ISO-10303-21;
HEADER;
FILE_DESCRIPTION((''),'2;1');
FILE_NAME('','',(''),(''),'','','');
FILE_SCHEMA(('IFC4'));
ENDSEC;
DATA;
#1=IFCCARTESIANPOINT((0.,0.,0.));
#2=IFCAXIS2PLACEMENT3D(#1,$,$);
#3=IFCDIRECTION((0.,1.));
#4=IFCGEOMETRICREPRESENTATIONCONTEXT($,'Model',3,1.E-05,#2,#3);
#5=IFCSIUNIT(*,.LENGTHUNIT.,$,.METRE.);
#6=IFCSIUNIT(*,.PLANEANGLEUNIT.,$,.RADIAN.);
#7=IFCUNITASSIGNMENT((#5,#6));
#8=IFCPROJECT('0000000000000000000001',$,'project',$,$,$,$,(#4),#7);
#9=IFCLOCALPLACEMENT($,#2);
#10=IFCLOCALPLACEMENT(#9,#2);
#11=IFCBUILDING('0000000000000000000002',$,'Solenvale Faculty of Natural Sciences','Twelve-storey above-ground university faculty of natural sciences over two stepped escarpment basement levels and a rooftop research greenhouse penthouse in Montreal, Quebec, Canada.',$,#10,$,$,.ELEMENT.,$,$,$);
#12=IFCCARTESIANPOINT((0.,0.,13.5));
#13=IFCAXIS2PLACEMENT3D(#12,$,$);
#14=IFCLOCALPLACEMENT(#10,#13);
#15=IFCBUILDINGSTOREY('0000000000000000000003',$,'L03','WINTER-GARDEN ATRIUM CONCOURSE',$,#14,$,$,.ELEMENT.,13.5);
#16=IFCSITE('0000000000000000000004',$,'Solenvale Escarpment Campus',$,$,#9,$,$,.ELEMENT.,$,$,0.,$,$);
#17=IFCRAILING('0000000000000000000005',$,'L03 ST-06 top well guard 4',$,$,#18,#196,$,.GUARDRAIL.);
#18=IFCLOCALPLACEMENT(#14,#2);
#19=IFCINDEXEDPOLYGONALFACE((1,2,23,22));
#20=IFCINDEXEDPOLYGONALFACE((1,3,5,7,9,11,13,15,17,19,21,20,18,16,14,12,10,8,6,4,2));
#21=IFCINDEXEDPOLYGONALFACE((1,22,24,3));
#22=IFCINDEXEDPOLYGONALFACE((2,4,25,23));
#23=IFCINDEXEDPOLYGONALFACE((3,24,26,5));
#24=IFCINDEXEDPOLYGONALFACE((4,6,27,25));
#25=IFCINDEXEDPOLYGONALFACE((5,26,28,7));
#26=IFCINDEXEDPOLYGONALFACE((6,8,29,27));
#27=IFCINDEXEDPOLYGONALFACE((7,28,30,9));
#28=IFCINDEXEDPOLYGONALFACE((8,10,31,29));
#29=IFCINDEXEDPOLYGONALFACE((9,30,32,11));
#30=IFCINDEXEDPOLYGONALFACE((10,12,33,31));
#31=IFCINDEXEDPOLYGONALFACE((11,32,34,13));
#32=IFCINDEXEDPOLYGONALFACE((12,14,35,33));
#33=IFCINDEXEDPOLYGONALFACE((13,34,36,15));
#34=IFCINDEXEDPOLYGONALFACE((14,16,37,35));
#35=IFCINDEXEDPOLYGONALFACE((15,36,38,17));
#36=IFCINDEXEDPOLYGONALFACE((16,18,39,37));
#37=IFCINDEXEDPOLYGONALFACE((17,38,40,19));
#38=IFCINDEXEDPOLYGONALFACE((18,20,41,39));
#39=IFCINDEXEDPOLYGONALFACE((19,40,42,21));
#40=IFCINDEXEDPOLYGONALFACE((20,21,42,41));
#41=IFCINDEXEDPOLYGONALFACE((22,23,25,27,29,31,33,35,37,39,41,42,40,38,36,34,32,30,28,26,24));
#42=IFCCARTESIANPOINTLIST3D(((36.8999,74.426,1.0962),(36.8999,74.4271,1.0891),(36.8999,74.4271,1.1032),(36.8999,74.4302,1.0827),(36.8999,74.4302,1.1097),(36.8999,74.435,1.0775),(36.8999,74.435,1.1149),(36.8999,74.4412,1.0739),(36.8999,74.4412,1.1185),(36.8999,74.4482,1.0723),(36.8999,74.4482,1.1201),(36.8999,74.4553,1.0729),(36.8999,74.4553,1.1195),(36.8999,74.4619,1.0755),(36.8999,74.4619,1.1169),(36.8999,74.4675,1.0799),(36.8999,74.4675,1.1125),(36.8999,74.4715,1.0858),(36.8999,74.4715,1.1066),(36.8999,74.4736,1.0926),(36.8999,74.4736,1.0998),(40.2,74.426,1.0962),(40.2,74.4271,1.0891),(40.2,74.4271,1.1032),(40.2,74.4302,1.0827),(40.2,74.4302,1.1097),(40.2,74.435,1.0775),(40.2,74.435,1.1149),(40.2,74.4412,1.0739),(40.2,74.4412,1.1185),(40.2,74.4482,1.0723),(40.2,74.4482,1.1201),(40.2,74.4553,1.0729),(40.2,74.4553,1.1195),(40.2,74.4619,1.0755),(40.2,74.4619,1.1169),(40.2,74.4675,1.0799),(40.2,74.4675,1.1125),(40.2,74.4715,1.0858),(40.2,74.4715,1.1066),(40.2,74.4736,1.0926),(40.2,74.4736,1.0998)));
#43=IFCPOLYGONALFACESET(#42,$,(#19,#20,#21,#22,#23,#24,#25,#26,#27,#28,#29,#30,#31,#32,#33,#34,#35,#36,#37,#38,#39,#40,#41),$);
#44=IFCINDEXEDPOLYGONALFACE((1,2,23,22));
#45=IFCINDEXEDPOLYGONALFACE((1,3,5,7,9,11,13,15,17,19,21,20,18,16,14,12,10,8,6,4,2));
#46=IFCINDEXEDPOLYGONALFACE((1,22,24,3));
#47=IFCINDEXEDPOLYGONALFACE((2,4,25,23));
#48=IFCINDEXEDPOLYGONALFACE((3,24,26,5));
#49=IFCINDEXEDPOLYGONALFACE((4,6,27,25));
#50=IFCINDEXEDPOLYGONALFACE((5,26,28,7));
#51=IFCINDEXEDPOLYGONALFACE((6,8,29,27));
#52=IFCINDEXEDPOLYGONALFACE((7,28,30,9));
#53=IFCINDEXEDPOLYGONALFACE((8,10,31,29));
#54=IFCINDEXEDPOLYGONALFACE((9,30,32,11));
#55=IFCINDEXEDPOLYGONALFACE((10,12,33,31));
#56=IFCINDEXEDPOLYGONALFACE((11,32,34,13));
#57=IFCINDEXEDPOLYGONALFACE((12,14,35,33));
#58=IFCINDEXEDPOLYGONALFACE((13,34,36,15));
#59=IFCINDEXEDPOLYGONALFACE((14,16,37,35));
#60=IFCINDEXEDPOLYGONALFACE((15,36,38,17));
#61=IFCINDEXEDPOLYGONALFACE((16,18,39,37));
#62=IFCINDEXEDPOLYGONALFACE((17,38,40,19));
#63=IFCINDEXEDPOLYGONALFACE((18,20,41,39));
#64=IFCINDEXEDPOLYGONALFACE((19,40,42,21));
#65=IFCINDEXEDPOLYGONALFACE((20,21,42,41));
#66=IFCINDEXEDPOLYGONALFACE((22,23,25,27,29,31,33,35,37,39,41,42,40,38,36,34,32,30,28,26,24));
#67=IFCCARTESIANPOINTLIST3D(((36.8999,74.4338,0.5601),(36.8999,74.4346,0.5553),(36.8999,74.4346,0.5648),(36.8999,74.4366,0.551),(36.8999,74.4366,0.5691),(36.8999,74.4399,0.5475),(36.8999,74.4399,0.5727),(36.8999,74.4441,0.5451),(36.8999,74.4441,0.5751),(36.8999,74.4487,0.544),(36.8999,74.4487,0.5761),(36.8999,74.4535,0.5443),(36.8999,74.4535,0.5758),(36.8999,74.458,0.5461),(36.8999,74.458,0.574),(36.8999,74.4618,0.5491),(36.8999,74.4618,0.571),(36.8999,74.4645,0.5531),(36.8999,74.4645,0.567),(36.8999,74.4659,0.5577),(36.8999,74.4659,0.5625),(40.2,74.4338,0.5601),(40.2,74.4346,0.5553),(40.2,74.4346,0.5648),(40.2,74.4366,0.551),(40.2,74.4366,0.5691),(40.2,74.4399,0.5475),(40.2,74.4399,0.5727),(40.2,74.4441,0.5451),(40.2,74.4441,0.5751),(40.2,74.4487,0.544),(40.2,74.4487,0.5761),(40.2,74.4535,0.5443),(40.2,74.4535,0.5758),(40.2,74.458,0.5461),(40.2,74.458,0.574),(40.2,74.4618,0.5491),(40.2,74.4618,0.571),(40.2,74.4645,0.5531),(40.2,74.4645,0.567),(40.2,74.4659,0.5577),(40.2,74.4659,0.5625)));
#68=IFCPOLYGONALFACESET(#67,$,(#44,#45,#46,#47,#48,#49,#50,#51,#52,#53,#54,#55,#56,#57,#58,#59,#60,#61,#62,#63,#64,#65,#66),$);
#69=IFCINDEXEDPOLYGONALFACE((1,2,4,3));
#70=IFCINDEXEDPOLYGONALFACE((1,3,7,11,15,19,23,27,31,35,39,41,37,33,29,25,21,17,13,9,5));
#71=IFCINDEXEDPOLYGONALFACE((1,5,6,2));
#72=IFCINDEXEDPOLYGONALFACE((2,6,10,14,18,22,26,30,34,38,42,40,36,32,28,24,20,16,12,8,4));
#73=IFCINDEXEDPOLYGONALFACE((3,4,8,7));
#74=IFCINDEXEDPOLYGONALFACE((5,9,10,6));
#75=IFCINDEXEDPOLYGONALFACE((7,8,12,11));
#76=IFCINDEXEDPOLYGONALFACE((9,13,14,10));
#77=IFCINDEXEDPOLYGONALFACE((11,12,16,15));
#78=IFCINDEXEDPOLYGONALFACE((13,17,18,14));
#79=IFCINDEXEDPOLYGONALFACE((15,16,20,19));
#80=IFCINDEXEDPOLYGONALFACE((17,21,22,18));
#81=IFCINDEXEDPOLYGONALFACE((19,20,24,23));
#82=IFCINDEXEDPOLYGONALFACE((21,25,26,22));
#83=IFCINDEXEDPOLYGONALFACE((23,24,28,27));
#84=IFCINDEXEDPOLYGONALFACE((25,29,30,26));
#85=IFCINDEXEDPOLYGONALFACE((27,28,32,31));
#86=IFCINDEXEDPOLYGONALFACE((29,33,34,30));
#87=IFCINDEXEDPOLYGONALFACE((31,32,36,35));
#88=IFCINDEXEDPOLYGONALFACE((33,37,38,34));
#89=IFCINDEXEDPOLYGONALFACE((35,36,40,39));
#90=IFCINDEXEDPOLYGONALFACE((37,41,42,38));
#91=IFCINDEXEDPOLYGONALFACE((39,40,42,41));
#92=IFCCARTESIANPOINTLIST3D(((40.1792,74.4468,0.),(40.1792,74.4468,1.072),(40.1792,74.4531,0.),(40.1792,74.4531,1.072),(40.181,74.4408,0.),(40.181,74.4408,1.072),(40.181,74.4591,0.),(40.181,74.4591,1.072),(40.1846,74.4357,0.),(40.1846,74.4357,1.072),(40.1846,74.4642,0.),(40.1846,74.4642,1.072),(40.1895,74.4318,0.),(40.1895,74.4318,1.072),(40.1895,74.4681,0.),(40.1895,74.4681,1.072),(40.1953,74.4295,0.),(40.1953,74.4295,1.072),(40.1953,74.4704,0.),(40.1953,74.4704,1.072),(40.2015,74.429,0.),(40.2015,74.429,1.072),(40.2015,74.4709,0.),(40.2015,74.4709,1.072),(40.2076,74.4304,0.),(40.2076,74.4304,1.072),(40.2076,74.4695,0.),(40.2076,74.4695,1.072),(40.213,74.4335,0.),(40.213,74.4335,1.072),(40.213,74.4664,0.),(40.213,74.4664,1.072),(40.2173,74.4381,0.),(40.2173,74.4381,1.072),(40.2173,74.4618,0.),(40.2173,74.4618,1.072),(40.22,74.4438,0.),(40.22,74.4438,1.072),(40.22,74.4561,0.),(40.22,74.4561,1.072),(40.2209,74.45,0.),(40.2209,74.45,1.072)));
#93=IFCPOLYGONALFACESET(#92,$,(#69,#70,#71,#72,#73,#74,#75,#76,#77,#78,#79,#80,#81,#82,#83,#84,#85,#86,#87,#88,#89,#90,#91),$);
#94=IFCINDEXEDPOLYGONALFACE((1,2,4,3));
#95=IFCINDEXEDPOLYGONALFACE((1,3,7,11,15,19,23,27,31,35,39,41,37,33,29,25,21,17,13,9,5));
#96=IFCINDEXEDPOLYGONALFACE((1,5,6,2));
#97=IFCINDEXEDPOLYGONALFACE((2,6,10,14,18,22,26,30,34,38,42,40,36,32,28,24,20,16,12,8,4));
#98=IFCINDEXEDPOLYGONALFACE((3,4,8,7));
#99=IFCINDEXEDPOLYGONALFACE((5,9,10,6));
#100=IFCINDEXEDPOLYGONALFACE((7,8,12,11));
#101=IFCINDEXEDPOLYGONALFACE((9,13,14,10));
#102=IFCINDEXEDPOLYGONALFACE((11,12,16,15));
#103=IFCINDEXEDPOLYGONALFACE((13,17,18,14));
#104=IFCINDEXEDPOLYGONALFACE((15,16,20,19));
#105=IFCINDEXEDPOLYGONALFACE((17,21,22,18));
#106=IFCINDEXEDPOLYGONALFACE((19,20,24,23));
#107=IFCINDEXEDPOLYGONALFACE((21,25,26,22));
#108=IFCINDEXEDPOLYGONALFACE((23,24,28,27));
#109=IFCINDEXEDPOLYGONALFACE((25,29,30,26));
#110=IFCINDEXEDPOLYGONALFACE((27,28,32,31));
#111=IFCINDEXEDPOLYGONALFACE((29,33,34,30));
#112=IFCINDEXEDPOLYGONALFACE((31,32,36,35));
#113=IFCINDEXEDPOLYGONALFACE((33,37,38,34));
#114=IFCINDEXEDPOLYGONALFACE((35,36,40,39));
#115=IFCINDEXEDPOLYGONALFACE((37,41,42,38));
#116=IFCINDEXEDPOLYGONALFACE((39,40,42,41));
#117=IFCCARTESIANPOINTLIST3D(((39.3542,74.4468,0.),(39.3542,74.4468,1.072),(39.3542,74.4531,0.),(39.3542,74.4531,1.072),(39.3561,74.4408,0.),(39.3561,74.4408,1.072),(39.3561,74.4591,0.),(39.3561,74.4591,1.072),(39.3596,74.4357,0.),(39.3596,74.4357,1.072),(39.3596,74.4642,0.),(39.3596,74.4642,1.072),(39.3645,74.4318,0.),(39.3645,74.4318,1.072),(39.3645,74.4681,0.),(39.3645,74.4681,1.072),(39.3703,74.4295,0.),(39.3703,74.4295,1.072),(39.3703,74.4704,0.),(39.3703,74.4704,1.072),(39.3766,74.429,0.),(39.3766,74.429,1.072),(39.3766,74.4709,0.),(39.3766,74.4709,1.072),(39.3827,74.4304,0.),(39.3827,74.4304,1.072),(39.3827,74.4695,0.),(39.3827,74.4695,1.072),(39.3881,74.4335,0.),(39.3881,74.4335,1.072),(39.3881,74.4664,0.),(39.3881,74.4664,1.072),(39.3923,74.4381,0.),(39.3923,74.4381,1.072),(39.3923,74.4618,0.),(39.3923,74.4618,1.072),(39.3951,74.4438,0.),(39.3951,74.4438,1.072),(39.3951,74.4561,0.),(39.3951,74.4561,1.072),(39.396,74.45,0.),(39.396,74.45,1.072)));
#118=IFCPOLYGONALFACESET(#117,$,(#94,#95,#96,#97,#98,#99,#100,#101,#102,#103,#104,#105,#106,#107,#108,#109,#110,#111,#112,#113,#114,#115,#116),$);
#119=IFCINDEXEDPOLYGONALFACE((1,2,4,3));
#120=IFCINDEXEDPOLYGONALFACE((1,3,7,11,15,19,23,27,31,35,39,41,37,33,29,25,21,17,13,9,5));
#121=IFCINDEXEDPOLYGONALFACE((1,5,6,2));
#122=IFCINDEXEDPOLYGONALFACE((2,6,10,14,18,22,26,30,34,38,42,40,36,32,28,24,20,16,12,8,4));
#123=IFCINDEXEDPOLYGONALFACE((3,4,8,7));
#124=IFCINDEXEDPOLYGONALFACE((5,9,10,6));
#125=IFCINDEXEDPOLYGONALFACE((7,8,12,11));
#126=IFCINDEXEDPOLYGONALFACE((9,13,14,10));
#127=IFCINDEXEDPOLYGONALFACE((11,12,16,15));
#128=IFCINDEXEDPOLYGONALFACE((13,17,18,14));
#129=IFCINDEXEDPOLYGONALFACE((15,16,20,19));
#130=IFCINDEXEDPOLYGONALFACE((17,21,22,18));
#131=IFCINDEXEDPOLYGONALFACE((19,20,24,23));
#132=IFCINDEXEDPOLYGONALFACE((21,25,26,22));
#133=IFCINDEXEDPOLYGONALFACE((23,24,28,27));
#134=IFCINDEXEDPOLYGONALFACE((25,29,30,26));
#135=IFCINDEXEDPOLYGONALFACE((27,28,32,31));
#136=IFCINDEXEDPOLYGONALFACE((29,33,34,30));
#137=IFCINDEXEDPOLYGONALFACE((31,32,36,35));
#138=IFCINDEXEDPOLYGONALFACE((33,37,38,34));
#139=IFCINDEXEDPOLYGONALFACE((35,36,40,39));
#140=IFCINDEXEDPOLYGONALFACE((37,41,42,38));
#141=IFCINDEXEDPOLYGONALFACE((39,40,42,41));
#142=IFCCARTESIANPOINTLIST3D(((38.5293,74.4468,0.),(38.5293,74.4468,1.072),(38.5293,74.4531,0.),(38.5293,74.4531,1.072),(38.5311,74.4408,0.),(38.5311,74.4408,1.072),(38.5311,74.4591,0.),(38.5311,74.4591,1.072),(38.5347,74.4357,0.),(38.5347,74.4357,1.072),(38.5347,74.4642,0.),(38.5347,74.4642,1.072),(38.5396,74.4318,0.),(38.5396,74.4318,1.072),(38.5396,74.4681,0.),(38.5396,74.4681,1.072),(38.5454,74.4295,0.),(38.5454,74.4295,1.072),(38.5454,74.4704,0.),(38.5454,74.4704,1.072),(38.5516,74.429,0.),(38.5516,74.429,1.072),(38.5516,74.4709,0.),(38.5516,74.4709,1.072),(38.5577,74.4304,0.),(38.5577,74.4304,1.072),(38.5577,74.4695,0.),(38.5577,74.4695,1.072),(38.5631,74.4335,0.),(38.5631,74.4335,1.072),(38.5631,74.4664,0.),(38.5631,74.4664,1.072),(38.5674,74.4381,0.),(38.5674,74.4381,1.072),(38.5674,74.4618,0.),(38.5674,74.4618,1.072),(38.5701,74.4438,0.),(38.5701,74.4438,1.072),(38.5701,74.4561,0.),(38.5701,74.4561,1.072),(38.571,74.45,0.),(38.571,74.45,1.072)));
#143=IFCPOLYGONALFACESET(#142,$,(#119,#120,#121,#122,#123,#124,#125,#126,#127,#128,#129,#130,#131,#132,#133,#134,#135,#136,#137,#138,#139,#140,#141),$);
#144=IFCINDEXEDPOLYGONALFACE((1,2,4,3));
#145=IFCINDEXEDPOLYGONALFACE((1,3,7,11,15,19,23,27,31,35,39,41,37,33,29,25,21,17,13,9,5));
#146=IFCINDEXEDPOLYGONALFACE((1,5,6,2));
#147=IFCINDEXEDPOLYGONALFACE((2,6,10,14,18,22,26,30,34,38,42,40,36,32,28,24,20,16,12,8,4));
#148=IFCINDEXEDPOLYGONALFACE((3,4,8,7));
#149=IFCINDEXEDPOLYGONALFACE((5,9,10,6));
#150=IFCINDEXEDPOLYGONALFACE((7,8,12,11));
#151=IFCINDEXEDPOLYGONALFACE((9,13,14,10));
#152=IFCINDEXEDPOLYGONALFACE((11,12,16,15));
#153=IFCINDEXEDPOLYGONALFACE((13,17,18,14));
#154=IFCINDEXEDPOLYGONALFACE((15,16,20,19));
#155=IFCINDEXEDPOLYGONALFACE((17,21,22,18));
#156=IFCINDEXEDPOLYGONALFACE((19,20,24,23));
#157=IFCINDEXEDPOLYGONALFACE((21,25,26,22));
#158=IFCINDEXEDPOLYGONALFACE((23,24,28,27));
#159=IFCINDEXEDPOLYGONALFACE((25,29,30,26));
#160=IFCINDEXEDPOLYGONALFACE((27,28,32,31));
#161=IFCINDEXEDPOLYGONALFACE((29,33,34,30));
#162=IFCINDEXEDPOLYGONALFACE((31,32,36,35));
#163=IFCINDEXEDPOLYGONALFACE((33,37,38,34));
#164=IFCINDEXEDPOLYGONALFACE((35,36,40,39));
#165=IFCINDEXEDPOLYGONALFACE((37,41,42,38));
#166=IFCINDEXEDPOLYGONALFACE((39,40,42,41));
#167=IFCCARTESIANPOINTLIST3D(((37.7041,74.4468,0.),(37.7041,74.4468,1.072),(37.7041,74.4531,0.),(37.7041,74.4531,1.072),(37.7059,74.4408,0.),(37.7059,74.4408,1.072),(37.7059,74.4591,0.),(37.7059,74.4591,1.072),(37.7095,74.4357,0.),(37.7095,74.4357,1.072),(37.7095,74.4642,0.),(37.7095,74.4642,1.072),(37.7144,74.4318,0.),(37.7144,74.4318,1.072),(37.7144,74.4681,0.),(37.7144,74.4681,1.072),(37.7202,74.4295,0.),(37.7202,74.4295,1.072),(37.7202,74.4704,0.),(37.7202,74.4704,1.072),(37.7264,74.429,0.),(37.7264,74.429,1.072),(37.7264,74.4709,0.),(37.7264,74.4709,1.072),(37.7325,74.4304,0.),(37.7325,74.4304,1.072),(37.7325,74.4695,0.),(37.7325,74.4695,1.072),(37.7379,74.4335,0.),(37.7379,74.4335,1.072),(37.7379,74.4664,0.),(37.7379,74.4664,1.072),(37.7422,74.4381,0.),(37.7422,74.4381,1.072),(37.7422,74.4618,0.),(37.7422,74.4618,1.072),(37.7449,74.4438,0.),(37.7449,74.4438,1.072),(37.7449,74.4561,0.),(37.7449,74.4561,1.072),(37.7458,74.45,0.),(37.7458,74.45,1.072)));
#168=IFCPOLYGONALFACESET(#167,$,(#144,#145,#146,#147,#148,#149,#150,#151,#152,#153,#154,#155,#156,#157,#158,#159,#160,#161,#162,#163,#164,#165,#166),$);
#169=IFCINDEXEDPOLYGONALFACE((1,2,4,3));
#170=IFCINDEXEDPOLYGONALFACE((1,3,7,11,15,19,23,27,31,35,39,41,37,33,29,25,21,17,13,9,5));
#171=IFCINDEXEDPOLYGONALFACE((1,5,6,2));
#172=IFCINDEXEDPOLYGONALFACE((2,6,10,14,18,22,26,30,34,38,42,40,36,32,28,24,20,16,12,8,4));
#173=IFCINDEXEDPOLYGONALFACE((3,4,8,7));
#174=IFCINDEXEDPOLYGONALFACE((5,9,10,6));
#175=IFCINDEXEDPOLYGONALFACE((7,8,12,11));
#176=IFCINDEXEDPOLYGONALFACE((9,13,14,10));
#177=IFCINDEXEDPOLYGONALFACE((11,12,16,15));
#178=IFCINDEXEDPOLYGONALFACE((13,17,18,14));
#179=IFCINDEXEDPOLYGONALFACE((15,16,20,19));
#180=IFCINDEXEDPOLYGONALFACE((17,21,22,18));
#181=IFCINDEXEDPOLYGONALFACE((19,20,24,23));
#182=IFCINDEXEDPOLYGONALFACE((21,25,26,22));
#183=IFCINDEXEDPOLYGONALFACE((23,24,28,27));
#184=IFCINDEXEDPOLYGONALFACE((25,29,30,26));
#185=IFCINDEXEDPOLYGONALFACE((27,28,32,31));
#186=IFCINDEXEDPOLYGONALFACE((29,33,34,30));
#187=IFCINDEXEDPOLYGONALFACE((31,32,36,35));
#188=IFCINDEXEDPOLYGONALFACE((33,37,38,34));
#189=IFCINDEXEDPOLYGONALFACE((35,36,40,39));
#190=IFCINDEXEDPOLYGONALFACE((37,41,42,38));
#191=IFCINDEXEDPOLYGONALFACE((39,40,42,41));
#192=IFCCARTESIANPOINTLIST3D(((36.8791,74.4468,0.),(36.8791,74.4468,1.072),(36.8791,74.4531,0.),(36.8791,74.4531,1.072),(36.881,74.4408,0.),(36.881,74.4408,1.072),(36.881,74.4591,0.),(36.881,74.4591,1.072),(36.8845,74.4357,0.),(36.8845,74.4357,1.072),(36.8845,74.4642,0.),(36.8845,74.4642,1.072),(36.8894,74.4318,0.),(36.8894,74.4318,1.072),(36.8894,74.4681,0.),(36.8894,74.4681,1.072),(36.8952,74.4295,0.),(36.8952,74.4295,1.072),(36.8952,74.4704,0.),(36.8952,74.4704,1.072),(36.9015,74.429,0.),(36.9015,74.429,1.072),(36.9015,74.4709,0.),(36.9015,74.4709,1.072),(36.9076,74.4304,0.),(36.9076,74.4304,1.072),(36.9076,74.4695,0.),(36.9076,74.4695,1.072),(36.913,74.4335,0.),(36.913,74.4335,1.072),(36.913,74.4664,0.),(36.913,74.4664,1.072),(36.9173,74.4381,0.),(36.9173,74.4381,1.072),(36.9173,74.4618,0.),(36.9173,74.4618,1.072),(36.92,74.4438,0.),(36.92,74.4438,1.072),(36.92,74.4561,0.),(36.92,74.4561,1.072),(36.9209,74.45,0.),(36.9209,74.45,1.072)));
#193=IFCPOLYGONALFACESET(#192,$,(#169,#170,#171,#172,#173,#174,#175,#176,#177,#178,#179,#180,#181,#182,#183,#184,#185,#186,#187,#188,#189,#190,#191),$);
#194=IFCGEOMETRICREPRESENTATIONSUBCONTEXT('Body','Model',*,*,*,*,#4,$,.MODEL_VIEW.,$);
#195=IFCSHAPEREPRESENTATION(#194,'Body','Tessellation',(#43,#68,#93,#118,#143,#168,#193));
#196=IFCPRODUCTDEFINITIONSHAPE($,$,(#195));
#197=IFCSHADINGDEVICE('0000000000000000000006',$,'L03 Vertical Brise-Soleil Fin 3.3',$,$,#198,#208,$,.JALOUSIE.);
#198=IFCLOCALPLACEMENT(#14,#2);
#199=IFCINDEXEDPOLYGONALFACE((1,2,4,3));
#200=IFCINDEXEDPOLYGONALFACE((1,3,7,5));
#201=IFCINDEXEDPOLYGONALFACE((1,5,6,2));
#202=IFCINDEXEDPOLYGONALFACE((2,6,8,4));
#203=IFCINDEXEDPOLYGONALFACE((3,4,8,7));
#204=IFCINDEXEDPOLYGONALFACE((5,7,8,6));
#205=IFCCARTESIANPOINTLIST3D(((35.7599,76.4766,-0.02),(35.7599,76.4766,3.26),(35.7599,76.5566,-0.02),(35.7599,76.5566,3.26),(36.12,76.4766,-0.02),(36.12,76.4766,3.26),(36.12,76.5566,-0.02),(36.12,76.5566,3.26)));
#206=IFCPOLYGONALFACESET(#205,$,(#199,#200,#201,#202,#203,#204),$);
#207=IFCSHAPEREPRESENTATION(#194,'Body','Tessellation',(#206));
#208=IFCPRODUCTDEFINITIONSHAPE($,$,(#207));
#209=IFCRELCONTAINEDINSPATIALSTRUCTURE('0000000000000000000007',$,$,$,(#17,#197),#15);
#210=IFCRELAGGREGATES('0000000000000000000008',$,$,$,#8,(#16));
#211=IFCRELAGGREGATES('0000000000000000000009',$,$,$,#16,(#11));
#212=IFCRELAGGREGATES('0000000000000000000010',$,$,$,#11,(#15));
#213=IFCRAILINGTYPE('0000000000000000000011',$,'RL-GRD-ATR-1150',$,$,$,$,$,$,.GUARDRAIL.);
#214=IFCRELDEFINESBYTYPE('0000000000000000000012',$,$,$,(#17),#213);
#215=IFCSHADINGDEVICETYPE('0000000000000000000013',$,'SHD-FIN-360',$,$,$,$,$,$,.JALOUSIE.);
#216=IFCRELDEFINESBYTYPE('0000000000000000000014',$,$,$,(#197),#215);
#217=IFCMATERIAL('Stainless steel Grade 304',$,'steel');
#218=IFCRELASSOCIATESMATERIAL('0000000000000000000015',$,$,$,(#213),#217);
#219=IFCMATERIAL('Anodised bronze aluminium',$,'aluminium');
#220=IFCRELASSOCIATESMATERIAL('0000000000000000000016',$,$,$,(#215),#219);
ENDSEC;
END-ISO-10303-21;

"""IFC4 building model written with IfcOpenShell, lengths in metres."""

from ifc_helpers import new_model, si_unit, direction, frame, origin, origin_2d, place, context, subcontext, project, spatial, rectangle, circle, extrude, material, material_profile, profile_set, type_object, element, save


model = new_model("IFC4")

# Units and contexts
model_context = context("Model", 3, precision=1e-05, world=origin(), true_north=direction((0.0, 1.0)))
body_context = subcontext(model_context, "Body", "Model", "MODEL_VIEW")
ifc_project = project(units=[si_unit("LENGTHUNIT", "METRE"), si_unit("PLANEANGLEUNIT", "RADIAN")], contexts=[model_context])

# Site, building, storey
site_placement = place(None, origin())
site = spatial("IfcSite", under=ifc_project, at=site_placement, Name="Solenvale Escarpment Campus", CompositionType="ELEMENT", RefElevation=0.0)
building_placement = place(site_placement, origin())
building = spatial("IfcBuilding", under=site, at=building_placement, Name="Solenvale Faculty of Natural Sciences", Description="Twelve-storey above-ground university faculty of natural sciences over two stepped escarpment basement levels and a rooftop research greenhouse penthouse in Montreal, Quebec, Canada.", CompositionType="ELEMENT")
storey_placement = place(building_placement, frame((0.0, 0.0, 13.5)))
storey = spatial("IfcBuildingStorey", under=building, at=storey_placement, Name="L03", Description="WINTER-GARDEN ATRIUM CONCOURSE", CompositionType="ELEMENT", Elevation=13.5)

# Shared definitions
ifc_material_1 = material(Name="Anodised bronze aluminium", Category="aluminium")

# Railing
ifc_material_2 = material(Name="Stainless steel Grade 304", Category="steel")
railing_type = type_object("IfcRailingType", Name="RL-GRD-ATR-1150", PredefinedType="GUARDRAIL", material=ifc_material_2)
railing_placement = place(storey_placement, frame((40.2, 74.45, 0.0)))
element("IfcRailing", 1, at=railing_placement, inside=storey, type_object=railing_type, Name="L03 ST-06 top well guard 4", PredefinedType="GUARDRAIL", context=body_context, shape_type="SweptSolid", body=[
    extrude(circle(Radius=0.0239, at=origin_2d()), frame((0.0, 0.0, 1.0962), z_axis=(-1.0, 0.0, 0.0), x_axis=(0.0, -1.0, 0.0)), (0.0, 0.0, 1.0), 3.3),
    extrude(circle(Radius=0.0161, at=origin_2d()), frame((0.0, 0.0, 0.5601), z_axis=(-1.0, 0.0, 0.0), x_axis=(0.0, -1.0, 0.0)), (0.0, 0.0, 1.0), 3.3),
    extrude(circle(Radius=0.021, at=origin_2d()), origin(), (0.0, 0.0, 1.0), 1.072),
    extrude(circle(Radius=0.021, at=origin_2d()), frame((-0.825, 0.0, 0.0)), (0.0, 0.0, 1.0), 1.072),
    extrude(circle(Radius=0.021, at=origin_2d()), frame((-1.6499, 0.0, 0.0)), (0.0, 0.0, 1.0), 1.072),
    extrude(circle(Radius=0.021, at=origin_2d()), frame((-2.4751, 0.0, 0.0)), (0.0, 0.0, 1.0), 1.072),
    extrude(circle(Radius=0.021, at=origin_2d()), frame((-3.3, 0.0, 0.0)), (0.0, 0.0, 1.0), 1.072),
])

# Shading device
ifc_material_profile_1 = material_profile(ifc_material_1, rectangle(XDim=0.0801, YDim=0.3601, at=origin_2d()), Name="ALU-FIN-80x360")
ifc_profile_set_1 = profile_set([ifc_material_profile_1], Name="Anodised bronze aluminium")
shading_device_type = type_object("IfcShadingDeviceType", Name="SHD-FIN-360", PredefinedType="JALOUSIE", material=ifc_profile_set_1)
shading_device_placement = place(storey_placement, frame((35.9399, 76.5166, -0.02), z_axis=(0.0, 0.0, 1.0), x_axis=(0.0, 1.0, 0.0)))
element("IfcShadingDevice", 2, at=shading_device_placement, inside=storey, type_object=shading_device_type, Name="L03 Vertical Brise-Soleil Fin 3.3", PredefinedType="JALOUSIE", context=body_context, shape_type="SweptSolid", body=[
    extrude(rectangle(XDim=0.0801, YDim=0.3601, at=origin_2d()), origin(), (0.0, 0.0, 1.0), 3.28),
])

save(model, "model.ifc")
